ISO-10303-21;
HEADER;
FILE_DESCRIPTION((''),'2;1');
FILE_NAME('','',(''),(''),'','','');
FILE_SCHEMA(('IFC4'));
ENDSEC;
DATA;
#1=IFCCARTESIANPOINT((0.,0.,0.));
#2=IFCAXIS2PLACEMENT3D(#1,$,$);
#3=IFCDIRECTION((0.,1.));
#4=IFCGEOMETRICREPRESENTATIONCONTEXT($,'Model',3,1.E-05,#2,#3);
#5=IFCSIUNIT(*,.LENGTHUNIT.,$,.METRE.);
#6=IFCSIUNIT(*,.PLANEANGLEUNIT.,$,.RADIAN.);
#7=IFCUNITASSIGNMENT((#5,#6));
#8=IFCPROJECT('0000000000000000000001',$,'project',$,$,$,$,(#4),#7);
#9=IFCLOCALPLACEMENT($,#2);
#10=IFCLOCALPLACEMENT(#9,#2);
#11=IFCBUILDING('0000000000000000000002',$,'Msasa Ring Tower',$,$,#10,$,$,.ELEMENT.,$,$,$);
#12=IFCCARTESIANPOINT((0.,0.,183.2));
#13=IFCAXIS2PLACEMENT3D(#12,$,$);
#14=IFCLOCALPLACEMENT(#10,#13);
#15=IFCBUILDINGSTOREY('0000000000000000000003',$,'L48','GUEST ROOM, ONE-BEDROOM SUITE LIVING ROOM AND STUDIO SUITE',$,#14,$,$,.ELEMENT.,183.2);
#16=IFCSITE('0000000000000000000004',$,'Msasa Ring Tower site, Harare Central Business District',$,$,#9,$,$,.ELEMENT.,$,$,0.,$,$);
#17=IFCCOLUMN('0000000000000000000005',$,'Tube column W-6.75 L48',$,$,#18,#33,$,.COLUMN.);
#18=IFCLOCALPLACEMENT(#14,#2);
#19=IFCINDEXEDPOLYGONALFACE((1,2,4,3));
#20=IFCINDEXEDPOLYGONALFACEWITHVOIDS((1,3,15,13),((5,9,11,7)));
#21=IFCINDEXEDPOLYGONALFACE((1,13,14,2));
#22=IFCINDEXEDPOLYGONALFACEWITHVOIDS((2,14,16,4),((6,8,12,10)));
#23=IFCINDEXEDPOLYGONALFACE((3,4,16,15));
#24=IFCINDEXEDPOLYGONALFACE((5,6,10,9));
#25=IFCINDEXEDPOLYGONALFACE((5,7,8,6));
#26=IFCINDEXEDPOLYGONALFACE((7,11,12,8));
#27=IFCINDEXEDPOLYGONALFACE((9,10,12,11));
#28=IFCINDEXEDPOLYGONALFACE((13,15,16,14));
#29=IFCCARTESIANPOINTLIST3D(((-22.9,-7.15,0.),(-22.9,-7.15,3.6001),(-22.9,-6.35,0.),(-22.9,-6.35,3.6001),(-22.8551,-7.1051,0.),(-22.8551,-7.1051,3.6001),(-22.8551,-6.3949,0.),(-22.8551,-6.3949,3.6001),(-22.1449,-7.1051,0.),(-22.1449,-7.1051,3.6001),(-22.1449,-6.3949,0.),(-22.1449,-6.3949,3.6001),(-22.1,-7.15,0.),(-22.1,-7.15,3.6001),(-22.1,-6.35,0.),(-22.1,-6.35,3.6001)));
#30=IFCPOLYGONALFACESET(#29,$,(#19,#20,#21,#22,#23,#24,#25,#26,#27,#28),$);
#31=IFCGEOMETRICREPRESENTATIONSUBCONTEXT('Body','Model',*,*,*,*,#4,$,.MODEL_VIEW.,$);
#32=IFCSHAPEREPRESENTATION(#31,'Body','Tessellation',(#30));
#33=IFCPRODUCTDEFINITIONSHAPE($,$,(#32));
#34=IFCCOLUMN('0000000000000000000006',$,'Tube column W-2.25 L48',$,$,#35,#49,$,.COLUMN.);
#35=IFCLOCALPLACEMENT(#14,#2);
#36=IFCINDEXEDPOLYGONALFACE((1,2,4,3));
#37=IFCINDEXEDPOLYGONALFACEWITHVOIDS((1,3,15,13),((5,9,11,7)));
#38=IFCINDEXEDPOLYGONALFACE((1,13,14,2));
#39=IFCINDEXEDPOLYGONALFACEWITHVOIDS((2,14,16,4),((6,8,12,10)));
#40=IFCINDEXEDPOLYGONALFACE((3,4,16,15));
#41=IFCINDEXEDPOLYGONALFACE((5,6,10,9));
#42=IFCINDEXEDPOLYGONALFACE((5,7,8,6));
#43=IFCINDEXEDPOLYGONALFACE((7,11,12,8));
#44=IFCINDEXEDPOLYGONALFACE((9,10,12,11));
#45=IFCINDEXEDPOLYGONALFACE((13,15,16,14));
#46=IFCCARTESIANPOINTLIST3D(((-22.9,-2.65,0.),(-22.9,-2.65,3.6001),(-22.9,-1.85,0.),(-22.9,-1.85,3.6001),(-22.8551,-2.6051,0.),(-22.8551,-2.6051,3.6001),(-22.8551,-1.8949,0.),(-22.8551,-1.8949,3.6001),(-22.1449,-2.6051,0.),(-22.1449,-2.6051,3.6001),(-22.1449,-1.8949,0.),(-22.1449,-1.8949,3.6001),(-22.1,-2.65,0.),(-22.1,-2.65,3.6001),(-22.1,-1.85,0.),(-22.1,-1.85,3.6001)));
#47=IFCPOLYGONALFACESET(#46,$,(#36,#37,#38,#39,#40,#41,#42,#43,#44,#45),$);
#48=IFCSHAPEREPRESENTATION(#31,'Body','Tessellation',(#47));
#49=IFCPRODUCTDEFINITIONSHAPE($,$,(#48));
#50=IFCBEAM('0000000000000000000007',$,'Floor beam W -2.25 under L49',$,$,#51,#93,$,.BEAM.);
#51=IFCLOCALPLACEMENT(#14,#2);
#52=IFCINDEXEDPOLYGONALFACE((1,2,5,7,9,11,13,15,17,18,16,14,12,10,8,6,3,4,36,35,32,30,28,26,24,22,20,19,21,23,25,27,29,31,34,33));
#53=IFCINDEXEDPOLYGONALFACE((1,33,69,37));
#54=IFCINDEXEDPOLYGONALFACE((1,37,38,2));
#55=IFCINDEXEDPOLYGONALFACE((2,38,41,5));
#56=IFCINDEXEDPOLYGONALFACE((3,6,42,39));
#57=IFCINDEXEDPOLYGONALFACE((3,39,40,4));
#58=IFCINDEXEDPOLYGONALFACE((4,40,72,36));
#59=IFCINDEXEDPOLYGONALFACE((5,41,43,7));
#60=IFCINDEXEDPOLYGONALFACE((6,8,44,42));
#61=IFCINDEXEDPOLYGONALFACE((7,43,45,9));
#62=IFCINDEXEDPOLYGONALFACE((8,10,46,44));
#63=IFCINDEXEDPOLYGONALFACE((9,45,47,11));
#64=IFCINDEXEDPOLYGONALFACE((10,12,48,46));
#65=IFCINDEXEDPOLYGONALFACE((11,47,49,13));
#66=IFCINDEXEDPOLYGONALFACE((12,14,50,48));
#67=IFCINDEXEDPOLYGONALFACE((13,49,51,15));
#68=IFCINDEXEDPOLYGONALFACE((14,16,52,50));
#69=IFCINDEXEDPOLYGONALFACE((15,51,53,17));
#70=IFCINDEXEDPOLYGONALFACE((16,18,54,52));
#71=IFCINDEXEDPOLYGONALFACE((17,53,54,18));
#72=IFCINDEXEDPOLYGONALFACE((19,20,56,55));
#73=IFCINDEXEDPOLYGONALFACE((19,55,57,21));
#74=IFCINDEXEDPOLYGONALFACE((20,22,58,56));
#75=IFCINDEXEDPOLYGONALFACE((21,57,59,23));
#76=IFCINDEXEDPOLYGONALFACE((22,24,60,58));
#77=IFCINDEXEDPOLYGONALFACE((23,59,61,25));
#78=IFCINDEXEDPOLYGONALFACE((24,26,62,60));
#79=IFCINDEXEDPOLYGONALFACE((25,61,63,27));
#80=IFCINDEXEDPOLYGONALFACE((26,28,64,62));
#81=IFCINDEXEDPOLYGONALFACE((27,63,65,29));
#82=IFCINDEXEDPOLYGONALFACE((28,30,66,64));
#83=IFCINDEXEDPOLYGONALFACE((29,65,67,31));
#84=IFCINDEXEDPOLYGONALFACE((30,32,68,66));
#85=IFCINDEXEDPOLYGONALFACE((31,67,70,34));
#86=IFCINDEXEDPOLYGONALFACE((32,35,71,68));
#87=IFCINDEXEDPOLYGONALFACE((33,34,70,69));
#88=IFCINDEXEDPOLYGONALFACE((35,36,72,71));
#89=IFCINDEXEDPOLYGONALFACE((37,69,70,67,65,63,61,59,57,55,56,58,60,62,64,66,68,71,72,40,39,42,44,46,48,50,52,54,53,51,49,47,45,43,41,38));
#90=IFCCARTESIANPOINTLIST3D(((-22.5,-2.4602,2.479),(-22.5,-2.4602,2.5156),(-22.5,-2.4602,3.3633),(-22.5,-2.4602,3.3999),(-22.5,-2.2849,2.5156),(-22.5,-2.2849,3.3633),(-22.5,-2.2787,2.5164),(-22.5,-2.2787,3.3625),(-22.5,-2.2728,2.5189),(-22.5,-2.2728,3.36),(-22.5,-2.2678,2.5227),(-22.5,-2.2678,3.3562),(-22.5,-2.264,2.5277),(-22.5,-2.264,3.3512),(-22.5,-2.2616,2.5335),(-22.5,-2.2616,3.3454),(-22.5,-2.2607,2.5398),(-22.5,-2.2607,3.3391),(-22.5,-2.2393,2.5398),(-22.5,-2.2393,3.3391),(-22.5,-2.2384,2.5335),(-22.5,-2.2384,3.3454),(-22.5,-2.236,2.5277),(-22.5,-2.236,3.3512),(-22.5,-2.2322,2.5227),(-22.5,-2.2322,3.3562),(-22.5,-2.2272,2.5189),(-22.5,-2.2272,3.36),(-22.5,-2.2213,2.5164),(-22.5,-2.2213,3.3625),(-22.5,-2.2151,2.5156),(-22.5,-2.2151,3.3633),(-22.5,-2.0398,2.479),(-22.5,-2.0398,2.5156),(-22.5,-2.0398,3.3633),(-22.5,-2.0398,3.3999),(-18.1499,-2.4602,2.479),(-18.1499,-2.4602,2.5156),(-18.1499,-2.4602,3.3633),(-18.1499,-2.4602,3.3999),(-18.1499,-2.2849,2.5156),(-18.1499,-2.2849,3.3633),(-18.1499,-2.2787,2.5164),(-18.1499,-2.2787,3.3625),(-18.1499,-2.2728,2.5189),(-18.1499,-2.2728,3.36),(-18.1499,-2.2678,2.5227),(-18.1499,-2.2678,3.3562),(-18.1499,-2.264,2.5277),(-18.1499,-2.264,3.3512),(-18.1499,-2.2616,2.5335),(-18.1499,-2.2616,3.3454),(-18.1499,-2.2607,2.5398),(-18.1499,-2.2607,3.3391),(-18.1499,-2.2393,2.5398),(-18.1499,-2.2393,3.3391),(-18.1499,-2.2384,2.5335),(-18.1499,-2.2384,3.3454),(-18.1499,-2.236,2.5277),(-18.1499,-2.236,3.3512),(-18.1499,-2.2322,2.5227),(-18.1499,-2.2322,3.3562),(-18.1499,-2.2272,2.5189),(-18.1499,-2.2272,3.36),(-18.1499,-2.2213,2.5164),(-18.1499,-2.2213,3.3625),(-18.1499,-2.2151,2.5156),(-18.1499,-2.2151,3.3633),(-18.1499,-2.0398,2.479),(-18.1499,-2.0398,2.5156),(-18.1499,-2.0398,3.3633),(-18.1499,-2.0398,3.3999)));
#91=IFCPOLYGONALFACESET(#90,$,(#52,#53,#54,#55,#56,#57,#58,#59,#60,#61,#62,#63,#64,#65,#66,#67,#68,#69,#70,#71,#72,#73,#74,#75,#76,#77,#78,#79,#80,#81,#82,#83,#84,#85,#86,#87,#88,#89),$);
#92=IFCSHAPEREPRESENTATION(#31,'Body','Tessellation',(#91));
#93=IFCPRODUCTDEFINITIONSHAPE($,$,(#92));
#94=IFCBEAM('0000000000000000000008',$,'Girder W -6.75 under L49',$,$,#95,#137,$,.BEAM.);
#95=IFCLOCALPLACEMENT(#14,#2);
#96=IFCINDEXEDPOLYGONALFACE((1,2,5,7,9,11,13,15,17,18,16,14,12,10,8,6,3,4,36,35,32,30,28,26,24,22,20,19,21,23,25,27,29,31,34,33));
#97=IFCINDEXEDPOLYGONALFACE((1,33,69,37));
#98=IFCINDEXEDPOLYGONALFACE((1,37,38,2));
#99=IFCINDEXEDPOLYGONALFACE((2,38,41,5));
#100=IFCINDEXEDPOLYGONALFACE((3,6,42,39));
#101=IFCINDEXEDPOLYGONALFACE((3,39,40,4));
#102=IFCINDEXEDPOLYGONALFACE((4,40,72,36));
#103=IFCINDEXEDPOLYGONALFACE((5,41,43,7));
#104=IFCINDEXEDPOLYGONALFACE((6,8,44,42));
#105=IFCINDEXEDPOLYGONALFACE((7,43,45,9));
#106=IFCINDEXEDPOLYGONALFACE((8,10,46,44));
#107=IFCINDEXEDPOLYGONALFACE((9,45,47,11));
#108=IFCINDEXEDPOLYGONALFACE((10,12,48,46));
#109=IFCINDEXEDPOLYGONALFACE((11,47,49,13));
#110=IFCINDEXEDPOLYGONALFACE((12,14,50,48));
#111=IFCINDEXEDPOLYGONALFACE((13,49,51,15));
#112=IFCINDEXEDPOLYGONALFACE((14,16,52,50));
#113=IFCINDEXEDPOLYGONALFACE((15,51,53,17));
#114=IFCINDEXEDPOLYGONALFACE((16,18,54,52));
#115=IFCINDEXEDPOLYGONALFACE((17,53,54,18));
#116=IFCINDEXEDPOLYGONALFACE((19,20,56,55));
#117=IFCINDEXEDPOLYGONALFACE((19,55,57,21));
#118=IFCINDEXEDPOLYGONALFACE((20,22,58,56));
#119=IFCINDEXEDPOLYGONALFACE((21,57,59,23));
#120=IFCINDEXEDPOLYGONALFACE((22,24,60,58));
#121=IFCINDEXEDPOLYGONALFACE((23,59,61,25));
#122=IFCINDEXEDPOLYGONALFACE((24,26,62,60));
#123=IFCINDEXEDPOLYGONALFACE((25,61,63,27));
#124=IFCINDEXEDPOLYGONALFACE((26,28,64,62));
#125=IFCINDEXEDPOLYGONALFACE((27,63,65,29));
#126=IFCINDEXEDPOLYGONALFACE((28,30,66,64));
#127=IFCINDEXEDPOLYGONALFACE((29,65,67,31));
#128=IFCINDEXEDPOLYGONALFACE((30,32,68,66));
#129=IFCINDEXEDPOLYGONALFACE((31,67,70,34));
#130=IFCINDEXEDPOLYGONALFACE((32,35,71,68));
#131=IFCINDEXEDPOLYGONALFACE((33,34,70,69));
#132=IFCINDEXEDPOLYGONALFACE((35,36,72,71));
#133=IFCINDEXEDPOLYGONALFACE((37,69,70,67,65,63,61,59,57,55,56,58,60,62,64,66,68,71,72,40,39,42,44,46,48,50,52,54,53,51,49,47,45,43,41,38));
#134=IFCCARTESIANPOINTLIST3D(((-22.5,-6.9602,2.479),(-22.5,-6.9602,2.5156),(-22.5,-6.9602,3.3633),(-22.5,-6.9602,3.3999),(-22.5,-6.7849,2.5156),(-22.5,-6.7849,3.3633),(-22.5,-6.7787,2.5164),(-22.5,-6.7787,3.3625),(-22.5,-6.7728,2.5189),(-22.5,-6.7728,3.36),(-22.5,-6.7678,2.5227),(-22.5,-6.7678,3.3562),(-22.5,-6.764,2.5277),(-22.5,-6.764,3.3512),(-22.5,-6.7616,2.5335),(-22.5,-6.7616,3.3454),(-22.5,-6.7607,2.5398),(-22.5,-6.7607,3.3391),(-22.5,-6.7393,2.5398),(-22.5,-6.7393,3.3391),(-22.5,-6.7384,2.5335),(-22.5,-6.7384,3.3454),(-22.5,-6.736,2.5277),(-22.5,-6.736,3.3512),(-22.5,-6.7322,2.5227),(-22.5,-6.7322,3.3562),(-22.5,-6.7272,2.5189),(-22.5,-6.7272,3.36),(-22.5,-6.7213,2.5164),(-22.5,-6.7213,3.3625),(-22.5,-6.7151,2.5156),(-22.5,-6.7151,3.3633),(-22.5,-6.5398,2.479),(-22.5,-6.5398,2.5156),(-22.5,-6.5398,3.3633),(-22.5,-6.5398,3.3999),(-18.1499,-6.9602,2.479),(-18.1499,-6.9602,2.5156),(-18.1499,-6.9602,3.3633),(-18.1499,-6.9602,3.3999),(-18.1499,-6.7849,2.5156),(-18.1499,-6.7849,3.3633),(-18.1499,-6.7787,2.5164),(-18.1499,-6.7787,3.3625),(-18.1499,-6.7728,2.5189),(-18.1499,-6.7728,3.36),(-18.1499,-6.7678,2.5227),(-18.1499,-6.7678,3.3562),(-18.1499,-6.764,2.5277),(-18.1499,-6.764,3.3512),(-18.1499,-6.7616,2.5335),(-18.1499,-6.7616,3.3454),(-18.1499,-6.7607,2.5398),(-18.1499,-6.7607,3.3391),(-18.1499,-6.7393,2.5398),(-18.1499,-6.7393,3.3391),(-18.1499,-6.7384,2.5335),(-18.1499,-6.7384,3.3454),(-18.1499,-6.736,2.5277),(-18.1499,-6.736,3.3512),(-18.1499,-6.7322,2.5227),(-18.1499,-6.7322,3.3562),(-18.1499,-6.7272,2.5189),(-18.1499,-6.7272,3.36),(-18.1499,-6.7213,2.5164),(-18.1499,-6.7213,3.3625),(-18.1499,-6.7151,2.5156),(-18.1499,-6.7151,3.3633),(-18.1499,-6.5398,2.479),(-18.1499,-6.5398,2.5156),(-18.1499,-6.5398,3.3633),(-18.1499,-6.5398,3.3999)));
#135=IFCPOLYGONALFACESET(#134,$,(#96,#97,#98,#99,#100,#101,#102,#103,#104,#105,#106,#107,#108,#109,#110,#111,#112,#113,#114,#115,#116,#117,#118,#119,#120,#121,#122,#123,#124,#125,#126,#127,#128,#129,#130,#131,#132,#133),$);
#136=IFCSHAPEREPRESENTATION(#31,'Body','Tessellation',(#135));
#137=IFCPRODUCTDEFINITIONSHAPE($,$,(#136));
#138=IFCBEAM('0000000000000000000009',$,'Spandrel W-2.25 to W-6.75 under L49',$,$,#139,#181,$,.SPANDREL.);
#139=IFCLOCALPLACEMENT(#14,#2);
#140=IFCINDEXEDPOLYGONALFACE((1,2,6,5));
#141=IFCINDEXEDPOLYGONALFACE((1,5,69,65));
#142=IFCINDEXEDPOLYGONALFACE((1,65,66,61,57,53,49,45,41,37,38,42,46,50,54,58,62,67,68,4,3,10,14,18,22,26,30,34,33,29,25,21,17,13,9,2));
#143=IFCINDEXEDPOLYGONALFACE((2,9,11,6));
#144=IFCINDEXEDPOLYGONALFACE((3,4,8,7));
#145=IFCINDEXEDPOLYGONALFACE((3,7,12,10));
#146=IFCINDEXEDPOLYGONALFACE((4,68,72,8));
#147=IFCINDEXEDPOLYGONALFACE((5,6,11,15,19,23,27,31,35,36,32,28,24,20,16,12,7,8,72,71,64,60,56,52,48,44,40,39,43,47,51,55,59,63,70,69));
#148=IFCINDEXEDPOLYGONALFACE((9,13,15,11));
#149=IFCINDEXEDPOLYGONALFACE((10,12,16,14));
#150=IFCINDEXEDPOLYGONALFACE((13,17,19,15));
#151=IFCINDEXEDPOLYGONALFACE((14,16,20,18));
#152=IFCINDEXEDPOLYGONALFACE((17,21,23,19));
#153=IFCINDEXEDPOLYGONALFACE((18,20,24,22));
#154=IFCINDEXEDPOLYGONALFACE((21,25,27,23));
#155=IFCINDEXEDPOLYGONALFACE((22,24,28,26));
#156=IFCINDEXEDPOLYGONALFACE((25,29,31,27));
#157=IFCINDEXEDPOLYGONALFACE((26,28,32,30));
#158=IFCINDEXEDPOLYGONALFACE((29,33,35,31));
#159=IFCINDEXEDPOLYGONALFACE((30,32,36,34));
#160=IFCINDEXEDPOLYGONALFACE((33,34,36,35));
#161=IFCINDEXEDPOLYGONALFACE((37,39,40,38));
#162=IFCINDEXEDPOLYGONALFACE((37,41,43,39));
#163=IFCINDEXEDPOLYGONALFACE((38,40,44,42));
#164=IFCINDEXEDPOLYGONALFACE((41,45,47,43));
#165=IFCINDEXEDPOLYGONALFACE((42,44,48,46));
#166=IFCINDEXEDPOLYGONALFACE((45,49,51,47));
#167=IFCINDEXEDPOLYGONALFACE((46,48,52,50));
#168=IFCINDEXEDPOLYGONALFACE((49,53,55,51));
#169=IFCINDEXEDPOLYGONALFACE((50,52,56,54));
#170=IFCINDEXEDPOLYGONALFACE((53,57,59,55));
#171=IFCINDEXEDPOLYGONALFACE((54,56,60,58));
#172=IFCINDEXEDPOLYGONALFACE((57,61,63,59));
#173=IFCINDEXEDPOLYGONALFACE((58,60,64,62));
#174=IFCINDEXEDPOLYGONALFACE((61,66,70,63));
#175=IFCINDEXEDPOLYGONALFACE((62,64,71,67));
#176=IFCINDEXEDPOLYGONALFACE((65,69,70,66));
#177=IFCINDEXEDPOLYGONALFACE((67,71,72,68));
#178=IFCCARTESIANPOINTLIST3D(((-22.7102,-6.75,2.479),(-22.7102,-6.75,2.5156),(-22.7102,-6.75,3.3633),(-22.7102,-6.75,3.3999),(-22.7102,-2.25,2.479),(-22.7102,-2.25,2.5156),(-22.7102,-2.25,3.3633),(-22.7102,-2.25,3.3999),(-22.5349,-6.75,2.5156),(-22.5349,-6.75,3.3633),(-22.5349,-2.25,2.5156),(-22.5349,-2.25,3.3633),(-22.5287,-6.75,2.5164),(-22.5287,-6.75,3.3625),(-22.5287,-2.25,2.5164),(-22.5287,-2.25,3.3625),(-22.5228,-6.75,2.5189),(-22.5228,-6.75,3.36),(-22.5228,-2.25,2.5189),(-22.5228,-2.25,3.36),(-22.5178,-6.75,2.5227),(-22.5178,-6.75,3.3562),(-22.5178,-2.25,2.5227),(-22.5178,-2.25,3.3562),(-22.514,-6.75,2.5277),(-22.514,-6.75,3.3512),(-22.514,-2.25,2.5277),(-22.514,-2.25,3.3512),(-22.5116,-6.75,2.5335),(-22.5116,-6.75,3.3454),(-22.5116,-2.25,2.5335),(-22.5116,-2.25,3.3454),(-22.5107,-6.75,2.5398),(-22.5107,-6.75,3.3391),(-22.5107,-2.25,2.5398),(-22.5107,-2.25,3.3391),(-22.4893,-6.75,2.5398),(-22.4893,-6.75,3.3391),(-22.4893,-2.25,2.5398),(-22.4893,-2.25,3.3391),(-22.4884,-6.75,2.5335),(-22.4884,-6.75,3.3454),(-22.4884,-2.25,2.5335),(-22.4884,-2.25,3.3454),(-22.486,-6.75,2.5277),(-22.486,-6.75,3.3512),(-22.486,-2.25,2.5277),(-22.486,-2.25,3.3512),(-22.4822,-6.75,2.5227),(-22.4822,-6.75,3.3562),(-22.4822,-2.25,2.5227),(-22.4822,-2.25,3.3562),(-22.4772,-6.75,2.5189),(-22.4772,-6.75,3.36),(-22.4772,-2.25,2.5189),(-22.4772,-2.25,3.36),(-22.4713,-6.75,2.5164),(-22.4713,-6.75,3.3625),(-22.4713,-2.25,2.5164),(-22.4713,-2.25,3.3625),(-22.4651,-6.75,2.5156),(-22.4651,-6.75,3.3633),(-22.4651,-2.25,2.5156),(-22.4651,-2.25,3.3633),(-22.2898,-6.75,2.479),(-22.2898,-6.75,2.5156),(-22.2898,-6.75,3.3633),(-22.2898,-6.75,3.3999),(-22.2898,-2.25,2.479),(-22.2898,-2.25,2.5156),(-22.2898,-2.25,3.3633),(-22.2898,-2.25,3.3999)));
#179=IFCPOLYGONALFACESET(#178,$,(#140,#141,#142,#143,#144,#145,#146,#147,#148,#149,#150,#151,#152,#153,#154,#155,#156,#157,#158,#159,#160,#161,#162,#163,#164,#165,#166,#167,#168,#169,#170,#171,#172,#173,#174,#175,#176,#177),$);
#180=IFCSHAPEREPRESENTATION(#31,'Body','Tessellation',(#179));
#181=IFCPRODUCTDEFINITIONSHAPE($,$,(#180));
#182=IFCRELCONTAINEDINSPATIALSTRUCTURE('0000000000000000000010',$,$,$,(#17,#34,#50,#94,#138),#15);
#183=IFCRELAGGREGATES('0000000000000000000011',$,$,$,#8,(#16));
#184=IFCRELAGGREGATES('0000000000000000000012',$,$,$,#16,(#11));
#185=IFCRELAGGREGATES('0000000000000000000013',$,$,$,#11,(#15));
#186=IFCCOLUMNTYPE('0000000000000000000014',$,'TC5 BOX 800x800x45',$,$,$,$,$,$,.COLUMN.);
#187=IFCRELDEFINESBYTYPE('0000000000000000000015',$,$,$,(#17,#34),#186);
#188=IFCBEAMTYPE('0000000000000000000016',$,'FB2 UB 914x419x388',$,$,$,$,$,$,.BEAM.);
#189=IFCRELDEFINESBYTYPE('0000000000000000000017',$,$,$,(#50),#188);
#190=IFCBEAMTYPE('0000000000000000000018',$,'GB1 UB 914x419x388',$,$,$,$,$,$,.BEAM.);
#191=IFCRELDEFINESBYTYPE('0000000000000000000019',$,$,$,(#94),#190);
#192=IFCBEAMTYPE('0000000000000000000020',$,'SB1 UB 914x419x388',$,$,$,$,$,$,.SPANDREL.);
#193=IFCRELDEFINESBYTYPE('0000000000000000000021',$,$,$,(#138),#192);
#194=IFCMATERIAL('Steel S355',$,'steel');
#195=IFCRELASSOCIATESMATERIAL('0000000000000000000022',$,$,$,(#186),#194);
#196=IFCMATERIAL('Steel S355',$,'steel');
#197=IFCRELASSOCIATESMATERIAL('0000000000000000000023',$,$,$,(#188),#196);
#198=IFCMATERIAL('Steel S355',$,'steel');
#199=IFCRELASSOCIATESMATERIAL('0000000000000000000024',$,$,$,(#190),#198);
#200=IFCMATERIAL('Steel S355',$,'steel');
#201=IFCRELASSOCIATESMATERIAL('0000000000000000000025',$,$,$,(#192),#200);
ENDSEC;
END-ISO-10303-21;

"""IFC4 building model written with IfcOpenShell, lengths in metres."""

from ifc_helpers import new_model, si_unit, direction, frame, origin, origin_2d, place, context, subcontext, project, spatial, hollow_rectangle, i_section, extrude, material, material_profile, profile_set, type_object, element, save


model = new_model("IFC4")

# Units and contexts
model_context = context("Model", 3, precision=1e-05, world=origin(), true_north=direction((0.0, 1.0)))
body_context = subcontext(model_context, "Body", "Model", "MODEL_VIEW")
ifc_project = project(units=[si_unit("LENGTHUNIT", "METRE"), si_unit("PLANEANGLEUNIT", "RADIAN")], contexts=[model_context])

# Site, building, storey
site_placement = place(None, origin())
site = spatial("IfcSite", under=ifc_project, at=site_placement, Name="Msasa Ring Tower site, Harare Central Business District", CompositionType="ELEMENT", RefElevation=0.0)
building_placement = place(site_placement, origin())
building = spatial("IfcBuilding", under=site, at=building_placement, Name="Msasa Ring Tower", CompositionType="ELEMENT")
storey_placement = place(building_placement, frame((0.0, 0.0, 183.2)))
storey = spatial("IfcBuildingStorey", under=building, at=storey_placement, Name="L48", Description="GUEST ROOM, ONE-BEDROOM SUITE LIVING ROOM AND STUDIO SUITE", CompositionType="ELEMENT", Elevation=183.2)

# Columns
ifc_material_1 = material(Name="Steel S355", Category="steel")
ifc_material_profile_1 = material_profile(ifc_material_1, hollow_rectangle(XDim=0.8, YDim=0.8, WallThickness=0.0449, at=origin_2d()), Name="BOX 800x800x45")
ifc_profile_set_1 = profile_set([ifc_material_profile_1], Name="Steel S355")
column_type = type_object("IfcColumnType", Name="TC5 BOX 800x800x45", PredefinedType="COLUMN", material=ifc_profile_set_1)
for number, where, z_axis, x_axis, name in (
    (1, (-22.5, -6.75, 0.0), (0.0, 0.0, 1.0), (1.0, 0.0, 0.0), "Tube column W-6.75 L48"),
    (2, (-22.5, -2.25, 0.0), (0.0, 0.0, 1.0), (1.0, 0.0, 0.0), "Tube column W-2.25 L48"),
):
    element("IfcColumn", number, at=place(storey_placement, frame(where, z_axis=z_axis, x_axis=x_axis)), inside=storey, type_object=column_type, Name=name, PredefinedType="COLUMN", context=body_context, shape_type="SweptSolid", body=[
        extrude(hollow_rectangle(XDim=0.8, YDim=0.8, WallThickness=0.0449, at=origin_2d()), origin(), (0.0, 0.0, 1.0), 3.6001),
    ])

# Beams
ifc_material_2 = material(Name="Steel S355", Category="steel")
ifc_material_profile_2 = material_profile(ifc_material_2, i_section(OverallWidth=0.4204, OverallDepth=0.9209, WebThickness=0.0215, FlangeThickness=0.0366, FilletRadius=0.0242, at=origin_2d()), Name="UB 914x419x388")
ifc_profile_set_2 = profile_set([ifc_material_profile_2], Name="Steel S355")
beam_type_1 = type_object("IfcBeamType", Name="FB2 UB 914x419x388", PredefinedType="BEAM", material=ifc_profile_set_2)
beam_1_placement = place(storey_placement, frame((-22.5, -2.25, 2.9395), z_axis=(1.0, 0.0, 0.0), x_axis=(0.0, 1.0, 0.0)))
element("IfcBeam", 3, at=beam_1_placement, inside=storey, type_object=beam_type_1, Name="Floor beam W -2.25 under L49", PredefinedType="BEAM", context=body_context, shape_type="SweptSolid", body=[
    extrude(i_section(OverallWidth=0.4204, OverallDepth=0.9209, WebThickness=0.0215, FlangeThickness=0.0366, FilletRadius=0.0242, at=origin_2d()), origin(), (0.0, 0.0, 1.0), 4.3501),
])
ifc_material_3 = material(Name="Steel S355", Category="steel")
ifc_material_profile_3 = material_profile(ifc_material_3, i_section(OverallWidth=0.4204, OverallDepth=0.9209, WebThickness=0.0215, FlangeThickness=0.0366, FilletRadius=0.0242, at=origin_2d()), Name="UB 914x419x388")
ifc_profile_set_3 = profile_set([ifc_material_profile_3], Name="Steel S355")
beam_type_2 = type_object("IfcBeamType", Name="GB1 UB 914x419x388", PredefinedType="BEAM", material=ifc_profile_set_3)
beam_2_placement = place(storey_placement, frame((-18.1499, -6.75, 2.9395), z_axis=(-1.0, 0.0, 0.0), x_axis=(0.0, -1.0, 0.0)))
element("IfcBeam", 4, at=beam_2_placement, inside=storey, type_object=beam_type_2, Name="Girder W -6.75 under L49", PredefinedType="BEAM", context=body_context, shape_type="SweptSolid", body=[
    extrude(i_section(OverallWidth=0.4204, OverallDepth=0.9209, WebThickness=0.0215, FlangeThickness=0.0366, FilletRadius=0.0242, at=origin_2d()), origin(), (0.0, 0.0, 1.0), 4.3501),
])
ifc_material_4 = material(Name="Steel S355", Category="steel")
ifc_material_profile_4 = material_profile(ifc_material_4, i_section(OverallWidth=0.4204, OverallDepth=0.9209, WebThickness=0.0215, FlangeThickness=0.0366, FilletRadius=0.0242, at=origin_2d()), Name="UB 914x419x388")
ifc_profile_set_4 = profile_set([ifc_material_profile_4], Name="Steel S355")
beam_type_3 = type_object("IfcBeamType", Name="SB1 UB 914x419x388", PredefinedType="SPANDREL", material=ifc_profile_set_4)
for number, where, z_axis, x_axis, name in (
    (5, (-22.5, -2.25, 2.9395), (0.0, -1.0, 0.0), (1.0, 0.0, 0.0), "Spandrel W-2.25 to W-6.75 under L49"),
):
    element("IfcBeam", number, at=place(storey_placement, frame(where, z_axis=z_axis, x_axis=x_axis)), inside=storey, type_object=beam_type_3, Name=name, PredefinedType="SPANDREL", context=body_context, shape_type="SweptSolid", body=[
        extrude(i_section(OverallWidth=0.4204, OverallDepth=0.9209, WebThickness=0.0215, FlangeThickness=0.0366, FilletRadius=0.0242, at=origin_2d()), origin(), (0.0, 0.0, 1.0), 4.5),
    ])

save(model, "model.ifc")
